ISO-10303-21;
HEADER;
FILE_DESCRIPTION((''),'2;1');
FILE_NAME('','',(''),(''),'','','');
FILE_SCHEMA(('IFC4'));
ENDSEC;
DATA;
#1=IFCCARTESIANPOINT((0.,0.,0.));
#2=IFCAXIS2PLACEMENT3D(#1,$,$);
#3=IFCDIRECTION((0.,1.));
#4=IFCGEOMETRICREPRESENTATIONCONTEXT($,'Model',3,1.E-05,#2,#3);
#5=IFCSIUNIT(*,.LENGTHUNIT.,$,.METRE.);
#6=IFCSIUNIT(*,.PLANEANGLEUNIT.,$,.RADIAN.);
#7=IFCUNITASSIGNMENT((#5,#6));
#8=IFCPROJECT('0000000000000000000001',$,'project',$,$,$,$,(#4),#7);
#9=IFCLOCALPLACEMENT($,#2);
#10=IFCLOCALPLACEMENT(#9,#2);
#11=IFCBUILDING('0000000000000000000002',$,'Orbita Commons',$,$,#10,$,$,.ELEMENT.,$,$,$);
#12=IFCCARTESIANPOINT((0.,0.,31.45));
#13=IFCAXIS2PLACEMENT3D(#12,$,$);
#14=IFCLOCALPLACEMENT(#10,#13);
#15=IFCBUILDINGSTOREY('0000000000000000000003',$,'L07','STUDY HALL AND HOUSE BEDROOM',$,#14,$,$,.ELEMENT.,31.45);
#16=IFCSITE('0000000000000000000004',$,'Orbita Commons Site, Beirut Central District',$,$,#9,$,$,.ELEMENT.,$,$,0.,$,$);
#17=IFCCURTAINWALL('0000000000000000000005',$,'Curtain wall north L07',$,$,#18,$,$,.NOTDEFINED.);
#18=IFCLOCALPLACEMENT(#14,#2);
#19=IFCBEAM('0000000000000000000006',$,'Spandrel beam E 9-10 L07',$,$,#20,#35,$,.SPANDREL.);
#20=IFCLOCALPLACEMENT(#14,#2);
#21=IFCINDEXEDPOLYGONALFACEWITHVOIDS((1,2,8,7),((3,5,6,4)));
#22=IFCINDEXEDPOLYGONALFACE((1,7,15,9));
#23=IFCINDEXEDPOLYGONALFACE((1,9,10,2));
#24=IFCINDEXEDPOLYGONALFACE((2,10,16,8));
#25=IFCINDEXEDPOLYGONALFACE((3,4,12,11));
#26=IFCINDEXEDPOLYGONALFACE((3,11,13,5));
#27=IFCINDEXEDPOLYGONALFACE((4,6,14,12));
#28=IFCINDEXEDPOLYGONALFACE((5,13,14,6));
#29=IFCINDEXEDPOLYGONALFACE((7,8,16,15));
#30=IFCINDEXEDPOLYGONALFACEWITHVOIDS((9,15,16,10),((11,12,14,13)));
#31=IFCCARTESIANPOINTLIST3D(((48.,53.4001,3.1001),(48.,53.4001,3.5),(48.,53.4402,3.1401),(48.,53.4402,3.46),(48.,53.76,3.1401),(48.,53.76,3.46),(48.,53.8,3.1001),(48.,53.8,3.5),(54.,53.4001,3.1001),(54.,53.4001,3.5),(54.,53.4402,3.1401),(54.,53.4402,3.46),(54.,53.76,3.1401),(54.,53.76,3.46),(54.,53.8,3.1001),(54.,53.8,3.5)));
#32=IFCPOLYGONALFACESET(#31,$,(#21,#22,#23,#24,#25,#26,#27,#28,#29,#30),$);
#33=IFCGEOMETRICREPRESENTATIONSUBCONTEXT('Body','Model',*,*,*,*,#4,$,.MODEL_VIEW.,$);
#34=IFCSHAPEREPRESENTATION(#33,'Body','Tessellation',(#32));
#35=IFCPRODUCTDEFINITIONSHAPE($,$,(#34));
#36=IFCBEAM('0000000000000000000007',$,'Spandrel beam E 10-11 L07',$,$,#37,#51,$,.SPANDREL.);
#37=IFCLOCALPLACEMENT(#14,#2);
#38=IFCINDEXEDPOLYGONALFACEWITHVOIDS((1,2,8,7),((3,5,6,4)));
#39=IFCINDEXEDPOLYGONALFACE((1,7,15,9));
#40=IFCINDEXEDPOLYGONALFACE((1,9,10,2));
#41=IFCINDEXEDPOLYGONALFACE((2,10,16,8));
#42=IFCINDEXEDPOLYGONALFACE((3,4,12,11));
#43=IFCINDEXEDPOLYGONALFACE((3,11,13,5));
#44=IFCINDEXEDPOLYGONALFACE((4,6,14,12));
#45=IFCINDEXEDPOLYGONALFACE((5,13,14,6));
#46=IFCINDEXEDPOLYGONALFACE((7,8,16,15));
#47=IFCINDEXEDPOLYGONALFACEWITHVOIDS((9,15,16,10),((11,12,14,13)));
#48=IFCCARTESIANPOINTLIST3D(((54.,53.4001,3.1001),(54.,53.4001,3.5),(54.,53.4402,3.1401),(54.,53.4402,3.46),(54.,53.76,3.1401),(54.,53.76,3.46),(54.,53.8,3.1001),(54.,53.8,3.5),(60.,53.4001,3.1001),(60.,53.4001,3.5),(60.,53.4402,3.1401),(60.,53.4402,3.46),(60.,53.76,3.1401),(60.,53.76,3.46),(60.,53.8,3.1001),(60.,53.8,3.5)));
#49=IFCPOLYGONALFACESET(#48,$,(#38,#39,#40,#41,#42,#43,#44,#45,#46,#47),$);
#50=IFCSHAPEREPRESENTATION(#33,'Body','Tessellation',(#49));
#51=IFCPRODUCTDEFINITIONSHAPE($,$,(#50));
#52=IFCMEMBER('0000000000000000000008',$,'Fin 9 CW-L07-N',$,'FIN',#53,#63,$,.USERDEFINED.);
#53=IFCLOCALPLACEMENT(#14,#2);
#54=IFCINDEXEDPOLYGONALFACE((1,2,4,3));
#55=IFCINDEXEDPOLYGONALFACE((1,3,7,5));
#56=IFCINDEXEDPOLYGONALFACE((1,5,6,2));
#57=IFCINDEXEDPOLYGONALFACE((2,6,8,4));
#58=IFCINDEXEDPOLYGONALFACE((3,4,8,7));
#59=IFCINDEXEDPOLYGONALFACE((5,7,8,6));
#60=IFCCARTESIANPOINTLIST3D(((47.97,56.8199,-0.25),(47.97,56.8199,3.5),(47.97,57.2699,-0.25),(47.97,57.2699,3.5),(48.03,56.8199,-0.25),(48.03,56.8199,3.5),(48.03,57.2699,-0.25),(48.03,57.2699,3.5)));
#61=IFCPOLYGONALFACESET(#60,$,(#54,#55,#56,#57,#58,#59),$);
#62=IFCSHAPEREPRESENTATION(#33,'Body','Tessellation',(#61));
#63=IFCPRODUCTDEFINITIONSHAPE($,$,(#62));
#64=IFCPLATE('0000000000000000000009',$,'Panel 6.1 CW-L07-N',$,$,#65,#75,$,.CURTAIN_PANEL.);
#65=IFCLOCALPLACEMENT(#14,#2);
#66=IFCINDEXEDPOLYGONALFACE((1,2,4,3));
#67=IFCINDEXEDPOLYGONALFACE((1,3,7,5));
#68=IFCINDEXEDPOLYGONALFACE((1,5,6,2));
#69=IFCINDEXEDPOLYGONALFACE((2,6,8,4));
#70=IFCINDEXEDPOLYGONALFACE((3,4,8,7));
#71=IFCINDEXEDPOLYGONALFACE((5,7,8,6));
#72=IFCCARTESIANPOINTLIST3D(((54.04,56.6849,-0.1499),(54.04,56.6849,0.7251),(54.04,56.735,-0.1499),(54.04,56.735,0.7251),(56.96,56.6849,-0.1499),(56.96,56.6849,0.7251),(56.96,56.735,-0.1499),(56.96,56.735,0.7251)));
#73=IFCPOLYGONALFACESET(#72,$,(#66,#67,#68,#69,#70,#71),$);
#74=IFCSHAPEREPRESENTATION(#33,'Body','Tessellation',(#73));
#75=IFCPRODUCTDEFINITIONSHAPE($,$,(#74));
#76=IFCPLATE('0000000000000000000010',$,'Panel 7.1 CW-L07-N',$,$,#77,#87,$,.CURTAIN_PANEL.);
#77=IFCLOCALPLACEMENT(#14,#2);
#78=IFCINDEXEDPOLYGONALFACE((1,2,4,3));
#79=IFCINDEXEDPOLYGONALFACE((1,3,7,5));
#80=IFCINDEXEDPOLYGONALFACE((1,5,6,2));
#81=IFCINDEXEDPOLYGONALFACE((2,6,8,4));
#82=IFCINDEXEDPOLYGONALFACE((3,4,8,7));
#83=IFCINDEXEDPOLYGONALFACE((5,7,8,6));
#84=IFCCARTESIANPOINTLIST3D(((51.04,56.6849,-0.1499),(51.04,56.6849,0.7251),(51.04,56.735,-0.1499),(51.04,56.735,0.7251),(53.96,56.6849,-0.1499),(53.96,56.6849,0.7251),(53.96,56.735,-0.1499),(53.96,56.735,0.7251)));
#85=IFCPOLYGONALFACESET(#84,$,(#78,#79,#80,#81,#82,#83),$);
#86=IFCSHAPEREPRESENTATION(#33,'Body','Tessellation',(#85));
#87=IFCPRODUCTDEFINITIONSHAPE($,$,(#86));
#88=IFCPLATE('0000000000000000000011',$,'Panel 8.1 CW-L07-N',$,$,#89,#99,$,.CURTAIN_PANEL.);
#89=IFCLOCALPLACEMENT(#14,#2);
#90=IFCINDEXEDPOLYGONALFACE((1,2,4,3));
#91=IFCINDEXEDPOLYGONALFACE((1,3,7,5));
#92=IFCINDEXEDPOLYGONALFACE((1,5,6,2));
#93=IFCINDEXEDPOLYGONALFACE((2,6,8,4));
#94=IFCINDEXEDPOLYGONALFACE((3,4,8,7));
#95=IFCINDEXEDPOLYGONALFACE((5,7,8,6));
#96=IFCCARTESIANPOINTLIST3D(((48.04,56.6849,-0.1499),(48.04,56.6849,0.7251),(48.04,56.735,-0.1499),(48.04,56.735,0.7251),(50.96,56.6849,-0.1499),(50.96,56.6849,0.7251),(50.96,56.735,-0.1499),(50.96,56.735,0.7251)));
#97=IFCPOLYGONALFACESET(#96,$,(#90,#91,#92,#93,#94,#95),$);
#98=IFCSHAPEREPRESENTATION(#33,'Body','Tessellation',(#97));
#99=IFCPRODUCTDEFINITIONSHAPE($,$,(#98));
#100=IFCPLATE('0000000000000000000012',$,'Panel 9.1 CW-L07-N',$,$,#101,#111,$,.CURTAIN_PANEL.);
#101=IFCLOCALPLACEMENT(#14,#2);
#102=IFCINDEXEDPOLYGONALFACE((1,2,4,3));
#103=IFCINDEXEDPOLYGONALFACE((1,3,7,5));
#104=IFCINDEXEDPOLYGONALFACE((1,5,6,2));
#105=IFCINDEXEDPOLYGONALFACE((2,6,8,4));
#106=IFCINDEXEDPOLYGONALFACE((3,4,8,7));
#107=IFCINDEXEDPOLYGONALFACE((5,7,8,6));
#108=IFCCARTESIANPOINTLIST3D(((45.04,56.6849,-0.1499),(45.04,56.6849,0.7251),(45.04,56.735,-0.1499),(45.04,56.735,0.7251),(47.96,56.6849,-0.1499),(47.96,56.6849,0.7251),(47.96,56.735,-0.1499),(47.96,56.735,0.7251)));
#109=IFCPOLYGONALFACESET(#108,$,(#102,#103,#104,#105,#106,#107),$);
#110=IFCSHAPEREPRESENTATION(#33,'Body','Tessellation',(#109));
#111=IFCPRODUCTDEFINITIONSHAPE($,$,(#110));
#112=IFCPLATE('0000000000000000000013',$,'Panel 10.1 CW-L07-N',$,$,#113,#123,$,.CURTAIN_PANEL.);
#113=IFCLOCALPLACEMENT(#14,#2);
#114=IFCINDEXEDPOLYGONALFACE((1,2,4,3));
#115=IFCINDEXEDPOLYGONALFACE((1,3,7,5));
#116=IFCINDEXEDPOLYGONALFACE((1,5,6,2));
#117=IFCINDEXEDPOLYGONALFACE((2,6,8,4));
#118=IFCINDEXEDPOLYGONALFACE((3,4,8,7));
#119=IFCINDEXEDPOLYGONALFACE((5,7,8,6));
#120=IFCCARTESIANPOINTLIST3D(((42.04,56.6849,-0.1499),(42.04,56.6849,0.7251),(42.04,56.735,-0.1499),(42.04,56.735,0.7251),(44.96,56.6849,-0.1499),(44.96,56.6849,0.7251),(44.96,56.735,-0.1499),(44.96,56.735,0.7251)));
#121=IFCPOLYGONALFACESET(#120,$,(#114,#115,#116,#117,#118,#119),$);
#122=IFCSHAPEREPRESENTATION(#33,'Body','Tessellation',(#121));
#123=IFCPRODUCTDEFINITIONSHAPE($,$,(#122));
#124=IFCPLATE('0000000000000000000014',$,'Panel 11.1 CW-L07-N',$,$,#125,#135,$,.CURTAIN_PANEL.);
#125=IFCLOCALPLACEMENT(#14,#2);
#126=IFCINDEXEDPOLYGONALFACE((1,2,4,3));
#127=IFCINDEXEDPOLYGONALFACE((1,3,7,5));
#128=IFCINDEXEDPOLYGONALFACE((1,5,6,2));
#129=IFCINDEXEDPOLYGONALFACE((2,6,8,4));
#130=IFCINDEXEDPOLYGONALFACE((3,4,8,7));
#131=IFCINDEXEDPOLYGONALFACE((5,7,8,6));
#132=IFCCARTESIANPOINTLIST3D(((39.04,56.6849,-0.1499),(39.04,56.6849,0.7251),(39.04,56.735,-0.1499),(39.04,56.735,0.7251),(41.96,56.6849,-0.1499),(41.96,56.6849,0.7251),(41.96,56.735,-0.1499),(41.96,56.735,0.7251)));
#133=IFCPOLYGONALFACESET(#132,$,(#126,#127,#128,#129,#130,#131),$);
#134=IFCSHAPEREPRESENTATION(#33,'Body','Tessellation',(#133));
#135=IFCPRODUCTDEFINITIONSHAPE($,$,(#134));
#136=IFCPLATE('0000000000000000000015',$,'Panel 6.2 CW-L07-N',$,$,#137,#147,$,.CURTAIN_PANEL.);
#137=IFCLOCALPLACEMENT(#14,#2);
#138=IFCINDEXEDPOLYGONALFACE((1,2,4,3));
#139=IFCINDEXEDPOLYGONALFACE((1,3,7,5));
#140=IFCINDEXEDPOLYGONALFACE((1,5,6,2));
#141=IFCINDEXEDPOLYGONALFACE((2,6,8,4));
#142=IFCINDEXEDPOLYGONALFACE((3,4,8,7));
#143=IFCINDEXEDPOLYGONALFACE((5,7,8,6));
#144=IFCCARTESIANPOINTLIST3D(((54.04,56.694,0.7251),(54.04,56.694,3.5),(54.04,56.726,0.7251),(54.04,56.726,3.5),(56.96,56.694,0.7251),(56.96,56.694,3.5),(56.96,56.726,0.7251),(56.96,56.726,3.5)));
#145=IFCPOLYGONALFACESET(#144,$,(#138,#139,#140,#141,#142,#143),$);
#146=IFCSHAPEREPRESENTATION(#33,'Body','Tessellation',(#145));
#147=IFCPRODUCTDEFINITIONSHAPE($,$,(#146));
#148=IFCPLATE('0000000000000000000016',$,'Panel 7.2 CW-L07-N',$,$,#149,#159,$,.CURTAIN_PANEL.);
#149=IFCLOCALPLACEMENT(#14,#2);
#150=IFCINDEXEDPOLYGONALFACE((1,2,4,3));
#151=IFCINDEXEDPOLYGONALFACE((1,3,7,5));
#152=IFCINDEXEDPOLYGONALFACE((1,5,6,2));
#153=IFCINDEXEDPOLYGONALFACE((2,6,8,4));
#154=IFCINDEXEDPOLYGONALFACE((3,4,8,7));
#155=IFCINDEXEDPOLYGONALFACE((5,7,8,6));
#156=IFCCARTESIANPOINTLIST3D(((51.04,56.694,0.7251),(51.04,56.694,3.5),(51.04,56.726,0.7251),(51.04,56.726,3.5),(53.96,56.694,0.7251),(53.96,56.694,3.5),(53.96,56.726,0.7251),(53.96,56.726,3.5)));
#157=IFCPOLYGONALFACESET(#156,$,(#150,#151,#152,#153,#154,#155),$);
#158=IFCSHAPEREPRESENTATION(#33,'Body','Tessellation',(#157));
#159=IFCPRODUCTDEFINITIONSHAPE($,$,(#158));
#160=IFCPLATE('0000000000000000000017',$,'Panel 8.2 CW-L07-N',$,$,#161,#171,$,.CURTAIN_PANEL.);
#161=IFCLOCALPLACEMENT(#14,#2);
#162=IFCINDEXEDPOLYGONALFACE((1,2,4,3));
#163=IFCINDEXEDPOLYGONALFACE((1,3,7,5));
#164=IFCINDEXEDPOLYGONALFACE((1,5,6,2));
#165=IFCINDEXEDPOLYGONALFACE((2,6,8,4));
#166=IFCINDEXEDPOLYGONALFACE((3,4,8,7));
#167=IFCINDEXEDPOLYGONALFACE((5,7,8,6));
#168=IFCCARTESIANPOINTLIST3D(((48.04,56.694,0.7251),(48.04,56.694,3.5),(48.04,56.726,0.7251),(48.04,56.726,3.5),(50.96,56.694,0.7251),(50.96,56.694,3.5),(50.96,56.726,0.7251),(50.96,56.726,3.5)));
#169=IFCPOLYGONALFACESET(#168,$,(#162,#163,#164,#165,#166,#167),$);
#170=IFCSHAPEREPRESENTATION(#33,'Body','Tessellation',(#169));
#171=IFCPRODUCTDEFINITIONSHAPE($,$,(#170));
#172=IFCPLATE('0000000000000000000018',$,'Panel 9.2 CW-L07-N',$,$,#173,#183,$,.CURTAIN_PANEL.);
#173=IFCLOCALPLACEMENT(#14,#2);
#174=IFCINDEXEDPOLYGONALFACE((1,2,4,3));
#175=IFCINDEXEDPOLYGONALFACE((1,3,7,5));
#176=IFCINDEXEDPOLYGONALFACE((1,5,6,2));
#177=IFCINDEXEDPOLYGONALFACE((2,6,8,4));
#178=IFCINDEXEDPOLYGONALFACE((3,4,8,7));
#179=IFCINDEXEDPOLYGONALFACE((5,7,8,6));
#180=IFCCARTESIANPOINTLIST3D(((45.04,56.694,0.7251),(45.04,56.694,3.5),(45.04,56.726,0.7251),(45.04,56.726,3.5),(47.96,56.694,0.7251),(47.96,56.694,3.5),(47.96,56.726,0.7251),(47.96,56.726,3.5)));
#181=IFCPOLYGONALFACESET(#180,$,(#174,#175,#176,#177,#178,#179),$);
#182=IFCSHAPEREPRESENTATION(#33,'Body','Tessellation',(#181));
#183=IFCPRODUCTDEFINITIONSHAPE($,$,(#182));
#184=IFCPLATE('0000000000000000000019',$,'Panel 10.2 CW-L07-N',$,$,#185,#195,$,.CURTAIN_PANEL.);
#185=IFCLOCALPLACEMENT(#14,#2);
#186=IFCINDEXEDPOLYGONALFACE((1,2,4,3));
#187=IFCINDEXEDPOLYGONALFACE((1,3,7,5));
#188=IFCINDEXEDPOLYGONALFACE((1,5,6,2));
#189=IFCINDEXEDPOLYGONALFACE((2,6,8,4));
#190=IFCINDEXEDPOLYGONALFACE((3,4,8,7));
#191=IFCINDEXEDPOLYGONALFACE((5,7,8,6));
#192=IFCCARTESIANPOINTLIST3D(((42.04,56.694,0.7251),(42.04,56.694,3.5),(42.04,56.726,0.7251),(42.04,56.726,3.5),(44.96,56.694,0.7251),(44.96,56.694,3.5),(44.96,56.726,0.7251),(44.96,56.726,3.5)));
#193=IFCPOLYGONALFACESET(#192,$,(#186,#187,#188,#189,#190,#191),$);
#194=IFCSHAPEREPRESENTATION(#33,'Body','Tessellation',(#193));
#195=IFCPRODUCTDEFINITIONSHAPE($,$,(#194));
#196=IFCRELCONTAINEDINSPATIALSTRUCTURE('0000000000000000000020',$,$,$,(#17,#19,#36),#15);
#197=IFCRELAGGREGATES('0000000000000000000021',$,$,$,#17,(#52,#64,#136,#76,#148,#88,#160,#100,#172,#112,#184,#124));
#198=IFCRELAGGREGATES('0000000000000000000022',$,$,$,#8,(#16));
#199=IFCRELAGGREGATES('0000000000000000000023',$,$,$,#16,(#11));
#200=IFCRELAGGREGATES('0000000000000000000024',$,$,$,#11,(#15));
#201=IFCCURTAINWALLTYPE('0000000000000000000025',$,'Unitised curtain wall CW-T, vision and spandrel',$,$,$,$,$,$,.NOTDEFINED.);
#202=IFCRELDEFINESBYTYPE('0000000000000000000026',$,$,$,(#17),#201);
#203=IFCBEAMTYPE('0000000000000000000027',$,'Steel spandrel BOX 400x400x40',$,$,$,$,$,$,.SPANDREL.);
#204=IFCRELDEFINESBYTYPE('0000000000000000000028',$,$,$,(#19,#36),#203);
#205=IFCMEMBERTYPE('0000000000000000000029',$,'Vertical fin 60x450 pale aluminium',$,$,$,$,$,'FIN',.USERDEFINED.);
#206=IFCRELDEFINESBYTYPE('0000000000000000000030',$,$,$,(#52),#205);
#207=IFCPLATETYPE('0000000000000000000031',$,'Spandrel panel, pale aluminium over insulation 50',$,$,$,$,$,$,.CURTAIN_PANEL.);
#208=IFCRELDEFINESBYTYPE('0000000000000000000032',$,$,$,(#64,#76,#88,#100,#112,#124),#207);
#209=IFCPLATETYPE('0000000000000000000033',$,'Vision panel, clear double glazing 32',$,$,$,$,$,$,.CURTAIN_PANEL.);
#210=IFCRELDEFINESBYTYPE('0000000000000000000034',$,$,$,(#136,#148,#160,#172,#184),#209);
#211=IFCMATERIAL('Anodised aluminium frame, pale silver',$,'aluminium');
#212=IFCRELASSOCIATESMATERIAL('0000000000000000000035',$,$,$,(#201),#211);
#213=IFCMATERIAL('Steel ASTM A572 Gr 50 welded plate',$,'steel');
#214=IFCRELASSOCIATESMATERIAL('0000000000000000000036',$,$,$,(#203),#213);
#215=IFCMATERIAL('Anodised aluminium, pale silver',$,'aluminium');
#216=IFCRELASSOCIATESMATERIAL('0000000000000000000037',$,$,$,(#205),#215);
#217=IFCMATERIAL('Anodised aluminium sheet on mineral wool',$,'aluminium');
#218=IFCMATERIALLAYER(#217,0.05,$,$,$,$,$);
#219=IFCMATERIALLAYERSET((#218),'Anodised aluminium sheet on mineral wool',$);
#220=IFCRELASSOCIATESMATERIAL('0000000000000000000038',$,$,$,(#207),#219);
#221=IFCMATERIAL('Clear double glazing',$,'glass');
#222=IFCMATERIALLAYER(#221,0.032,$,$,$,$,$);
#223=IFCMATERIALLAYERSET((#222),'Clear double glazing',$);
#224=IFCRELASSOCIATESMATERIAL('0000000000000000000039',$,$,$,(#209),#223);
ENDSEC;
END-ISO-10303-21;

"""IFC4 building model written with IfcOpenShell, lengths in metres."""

from ifc_helpers import new_model, si_unit, direction, frame, origin, origin_2d, place, context, subcontext, project, spatial, rectangle, hollow_rectangle, extrude, material, layer, layer_set, material_profile, profile_set, type_object, element, aggregate, save


model = new_model("IFC4")

# Units and contexts
model_context = context("Model", 3, precision=1e-05, world=origin(), true_north=direction((0.0, 1.0)))
body_context = subcontext(model_context, "Body", "Model", "MODEL_VIEW")
ifc_project = project(units=[si_unit("LENGTHUNIT", "METRE"), si_unit("PLANEANGLEUNIT", "RADIAN")], contexts=[model_context])

# Site, building, storey
site_placement = place(None, origin())
site = spatial("IfcSite", under=ifc_project, at=site_placement, Name="Orbita Commons Site, Beirut Central District", CompositionType="ELEMENT", RefElevation=0.0)
building_placement = place(site_placement, origin())
building = spatial("IfcBuilding", under=site, at=building_placement, Name="Orbita Commons", CompositionType="ELEMENT")
storey_placement = place(building_placement, frame((0.0, 0.0, 31.45)))
storey = spatial("IfcBuildingStorey", under=building, at=storey_placement, Name="L07", Description="STUDY HALL AND HOUSE BEDROOM", CompositionType="ELEMENT", Elevation=31.45)

# Curtain wall
ifc_material_1 = material(Name="Anodised aluminium frame, pale silver", Category="aluminium")
curtain_wall_type = type_object("IfcCurtainWallType", Name="Unitised curtain wall CW-T, vision and spandrel", PredefinedType="NOTDEFINED", material=ifc_material_1)
curtain_wall_placement = place(storey_placement, origin())
curtain_wall = element("IfcCurtainWall", 1, at=curtain_wall_placement, inside=storey, type_object=curtain_wall_type, Name="Curtain wall north L07", PredefinedType="NOTDEFINED")

# Beams
ifc_material_2 = material(Name="Steel ASTM A572 Gr 50 welded plate", Category="steel")
ifc_material_profile_1 = material_profile(ifc_material_2, hollow_rectangle(XDim=0.3999, YDim=0.3999, WallThickness=0.04, at=origin_2d()), Name="BOX 400x400x40")
ifc_profile_set_1 = profile_set([ifc_material_profile_1], Name="Steel ASTM A572 Gr 50 welded plate")
beam_type = type_object("IfcBeamType", Name="Steel spandrel BOX 400x400x40", PredefinedType="SPANDREL", material=ifc_profile_set_1)
for number, where, z_axis, x_axis, name in (
    (2, (48.0, 53.6001, 3.3), (1.0, 0.0, 0.0), (0.0, 1.0, 0.0), "Spandrel beam E 9-10 L07"),
    (3, (54.0, 53.6001, 3.3), (1.0, 0.0, 0.0), (0.0, 1.0, 0.0), "Spandrel beam E 10-11 L07"),
):
    element("IfcBeam", number, at=place(storey_placement, frame(where, z_axis=z_axis, x_axis=x_axis)), inside=storey, type_object=beam_type, Name=name, PredefinedType="SPANDREL", context=body_context, shape_type="SweptSolid", body=[
        extrude(hollow_rectangle(XDim=0.3999, YDim=0.3999, WallThickness=0.04, at=origin_2d()), origin(), (0.0, 0.0, 1.0), 6.0),
    ])

# Member
ifc_material_3 = material(Name="Anodised aluminium, pale silver", Category="aluminium")
ifc_material_profile_2 = material_profile(ifc_material_3, rectangle(XDim=0.0601, YDim=0.45, at=origin_2d()), Name="FIN 60x450")
ifc_profile_set_2 = profile_set([ifc_material_profile_2], Name="Anodised aluminium, pale silver")
member_type_1 = type_object("IfcMemberType", Name="Vertical fin 60x450 pale aluminium", ElementType="FIN", PredefinedType="USERDEFINED", material=ifc_profile_set_2)
member_1_placement = place(storey_placement, frame((48.0, 57.0449, -0.25), z_axis=(0.0, 0.0, 1.0), x_axis=(-1.0, 0.0, 0.0)))
member_1 = element("IfcMember", 4, at=member_1_placement, type_object=member_type_1, Name="Fin 9 CW-L07-N", ObjectType="FIN", PredefinedType="USERDEFINED", context=body_context, shape_type="SweptSolid", body=[
    extrude(rectangle(XDim=0.0601, YDim=0.45, at=origin_2d()), origin(), (0.0, 0.0, 1.0), 3.75),
])

# Plates
ifc_material_4 = material(Name="Anodised aluminium sheet on mineral wool", Category="aluminium")
ifc_layer_1 = layer(ifc_material_4, 0.05)
ifc_layer_set_1 = layer_set([ifc_layer_1], Name="Anodised aluminium sheet on mineral wool")
plate_type_1 = type_object("IfcPlateType", Name="Spandrel panel, pale aluminium over insulation 50", PredefinedType="CURTAIN_PANEL", material=ifc_layer_set_1)
plate_1_placement = place(storey_placement, frame((55.5, 56.71, -0.1499), z_axis=(0.0, 0.0, 1.0), x_axis=(-1.0, 0.0, 0.0)))
plate_1 = element("IfcPlate", 5, at=plate_1_placement, type_object=plate_type_1, Name="Panel 6.1 CW-L07-N", PredefinedType="CURTAIN_PANEL", context=body_context, shape_type="SweptSolid", body=[
    extrude(rectangle(XDim=2.9199, YDim=0.05, at=origin_2d()), origin(), (0.0, 0.0, 1.0), 0.875),
])
plate_2_placement = place(storey_placement, frame((52.5, 56.71, -0.1499), z_axis=(0.0, 0.0, 1.0), x_axis=(-1.0, 0.0, 0.0)))
plate_2 = element("IfcPlate", 6, at=plate_2_placement, type_object=plate_type_1, Name="Panel 7.1 CW-L07-N", PredefinedType="CURTAIN_PANEL", context=body_context, shape_type="SweptSolid", body=[
    extrude(rectangle(XDim=2.9199, YDim=0.05, at=origin_2d()), origin(), (0.0, 0.0, 1.0), 0.875),
])
plate_3_placement = place(storey_placement, frame((49.5, 56.71, -0.1499), z_axis=(0.0, 0.0, 1.0), x_axis=(-1.0, 0.0, 0.0)))
plate_3 = element("IfcPlate", 7, at=plate_3_placement, type_object=plate_type_1, Name="Panel 8.1 CW-L07-N", PredefinedType="CURTAIN_PANEL", context=body_context, shape_type="SweptSolid", body=[
    extrude(rectangle(XDim=2.9199, YDim=0.05, at=origin_2d()), origin(), (0.0, 0.0, 1.0), 0.875),
])
plate_4_placement = place(storey_placement, frame((46.5, 56.71, -0.1499), z_axis=(0.0, 0.0, 1.0), x_axis=(-1.0, 0.0, 0.0)))
plate_4 = element("IfcPlate", 8, at=plate_4_placement, type_object=plate_type_1, Name="Panel 9.1 CW-L07-N", PredefinedType="CURTAIN_PANEL", context=body_context, shape_type="SweptSolid", body=[
    extrude(rectangle(XDim=2.9199, YDim=0.05, at=origin_2d()), origin(), (0.0, 0.0, 1.0), 0.875),
])
plate_5_placement = place(storey_placement, frame((43.5, 56.71, -0.1499), z_axis=(0.0, 0.0, 1.0), x_axis=(-1.0, 0.0, 0.0)))
plate_5 = element("IfcPlate", 9, at=plate_5_placement, type_object=plate_type_1, Name="Panel 10.1 CW-L07-N", PredefinedType="CURTAIN_PANEL", context=body_context, shape_type="SweptSolid", body=[
    extrude(rectangle(XDim=2.9199, YDim=0.05, at=origin_2d()), origin(), (0.0, 0.0, 1.0), 0.875),
])
plate_6_placement = place(storey_placement, frame((40.5, 56.71, -0.1499), z_axis=(0.0, 0.0, 1.0), x_axis=(-1.0, 0.0, 0.0)))
plate_6 = element("IfcPlate", 10, at=plate_6_placement, type_object=plate_type_1, Name="Panel 11.1 CW-L07-N", PredefinedType="CURTAIN_PANEL", context=body_context, shape_type="SweptSolid", body=[
    extrude(rectangle(XDim=2.9199, YDim=0.05, at=origin_2d()), origin(), (0.0, 0.0, 1.0), 0.875),
])
ifc_material_5 = material(Name="Clear double glazing", Category="glass")
ifc_layer_2 = layer(ifc_material_5, 0.032)
ifc_layer_set_2 = layer_set([ifc_layer_2], Name="Clear double glazing")
plate_type_2 = type_object("IfcPlateType", Name="Vision panel, clear double glazing 32", PredefinedType="CURTAIN_PANEL", material=ifc_layer_set_2)
plate_7_placement = place(storey_placement, frame((55.5, 56.71, 0.7251), z_axis=(0.0, 0.0, 1.0), x_axis=(-1.0, 0.0, 0.0)))
plate_7 = element("IfcPlate", 11, at=plate_7_placement, type_object=plate_type_2, Name="Panel 6.2 CW-L07-N", PredefinedType="CURTAIN_PANEL", context=body_context, shape_type="SweptSolid", body=[
    extrude(rectangle(XDim=2.9199, YDim=0.032, at=origin_2d()), origin(), (0.0, 0.0, 1.0), 2.7749),
])
plate_8_placement = place(storey_placement, frame((52.5, 56.71, 0.7251), z_axis=(0.0, 0.0, 1.0), x_axis=(-1.0, 0.0, 0.0)))
plate_8 = element("IfcPlate", 12, at=plate_8_placement, type_object=plate_type_2, Name="Panel 7.2 CW-L07-N", PredefinedType="CURTAIN_PANEL", context=body_context, shape_type="SweptSolid", body=[
    extrude(rectangle(XDim=2.9199, YDim=0.032, at=origin_2d()), origin(), (0.0, 0.0, 1.0), 2.7749),
])
plate_9_placement = place(storey_placement, frame((49.5, 56.71, 0.7251), z_axis=(0.0, 0.0, 1.0), x_axis=(-1.0, 0.0, 0.0)))
plate_9 = element("IfcPlate", 13, at=plate_9_placement, type_object=plate_type_2, Name="Panel 8.2 CW-L07-N", PredefinedType="CURTAIN_PANEL", context=body_context, shape_type="SweptSolid", body=[
    extrude(rectangle(XDim=2.9199, YDim=0.032, at=origin_2d()), origin(), (0.0, 0.0, 1.0), 2.7749),
])
plate_10_placement = place(storey_placement, frame((46.5, 56.71, 0.7251), z_axis=(0.0, 0.0, 1.0), x_axis=(-1.0, 0.0, 0.0)))
plate_10 = element("IfcPlate", 14, at=plate_10_placement, type_object=plate_type_2, Name="Panel 9.2 CW-L07-N", PredefinedType="CURTAIN_PANEL", context=body_context, shape_type="SweptSolid", body=[
    extrude(rectangle(XDim=2.9199, YDim=0.032, at=origin_2d()), origin(), (0.0, 0.0, 1.0), 2.7749),
])
plate_11_placement = place(storey_placement, frame((43.5, 56.71, 0.7251), z_axis=(0.0, 0.0, 1.0), x_axis=(-1.0, 0.0, 0.0)))
plate_11 = element("IfcPlate", 15, at=plate_11_placement, type_object=plate_type_2, Name="Panel 10.2 CW-L07-N", PredefinedType="CURTAIN_PANEL", context=body_context, shape_type="SweptSolid", body=[
    extrude(rectangle(XDim=2.9199, YDim=0.032, at=origin_2d()), origin(), (0.0, 0.0, 1.0), 2.7749),
])
aggregate(curtain_wall, [member_1, plate_1, plate_7, plate_2, plate_8, plate_3, plate_9, plate_4, plate_10, plate_5, plate_11, plate_6])

save(model, "model.ifc")
